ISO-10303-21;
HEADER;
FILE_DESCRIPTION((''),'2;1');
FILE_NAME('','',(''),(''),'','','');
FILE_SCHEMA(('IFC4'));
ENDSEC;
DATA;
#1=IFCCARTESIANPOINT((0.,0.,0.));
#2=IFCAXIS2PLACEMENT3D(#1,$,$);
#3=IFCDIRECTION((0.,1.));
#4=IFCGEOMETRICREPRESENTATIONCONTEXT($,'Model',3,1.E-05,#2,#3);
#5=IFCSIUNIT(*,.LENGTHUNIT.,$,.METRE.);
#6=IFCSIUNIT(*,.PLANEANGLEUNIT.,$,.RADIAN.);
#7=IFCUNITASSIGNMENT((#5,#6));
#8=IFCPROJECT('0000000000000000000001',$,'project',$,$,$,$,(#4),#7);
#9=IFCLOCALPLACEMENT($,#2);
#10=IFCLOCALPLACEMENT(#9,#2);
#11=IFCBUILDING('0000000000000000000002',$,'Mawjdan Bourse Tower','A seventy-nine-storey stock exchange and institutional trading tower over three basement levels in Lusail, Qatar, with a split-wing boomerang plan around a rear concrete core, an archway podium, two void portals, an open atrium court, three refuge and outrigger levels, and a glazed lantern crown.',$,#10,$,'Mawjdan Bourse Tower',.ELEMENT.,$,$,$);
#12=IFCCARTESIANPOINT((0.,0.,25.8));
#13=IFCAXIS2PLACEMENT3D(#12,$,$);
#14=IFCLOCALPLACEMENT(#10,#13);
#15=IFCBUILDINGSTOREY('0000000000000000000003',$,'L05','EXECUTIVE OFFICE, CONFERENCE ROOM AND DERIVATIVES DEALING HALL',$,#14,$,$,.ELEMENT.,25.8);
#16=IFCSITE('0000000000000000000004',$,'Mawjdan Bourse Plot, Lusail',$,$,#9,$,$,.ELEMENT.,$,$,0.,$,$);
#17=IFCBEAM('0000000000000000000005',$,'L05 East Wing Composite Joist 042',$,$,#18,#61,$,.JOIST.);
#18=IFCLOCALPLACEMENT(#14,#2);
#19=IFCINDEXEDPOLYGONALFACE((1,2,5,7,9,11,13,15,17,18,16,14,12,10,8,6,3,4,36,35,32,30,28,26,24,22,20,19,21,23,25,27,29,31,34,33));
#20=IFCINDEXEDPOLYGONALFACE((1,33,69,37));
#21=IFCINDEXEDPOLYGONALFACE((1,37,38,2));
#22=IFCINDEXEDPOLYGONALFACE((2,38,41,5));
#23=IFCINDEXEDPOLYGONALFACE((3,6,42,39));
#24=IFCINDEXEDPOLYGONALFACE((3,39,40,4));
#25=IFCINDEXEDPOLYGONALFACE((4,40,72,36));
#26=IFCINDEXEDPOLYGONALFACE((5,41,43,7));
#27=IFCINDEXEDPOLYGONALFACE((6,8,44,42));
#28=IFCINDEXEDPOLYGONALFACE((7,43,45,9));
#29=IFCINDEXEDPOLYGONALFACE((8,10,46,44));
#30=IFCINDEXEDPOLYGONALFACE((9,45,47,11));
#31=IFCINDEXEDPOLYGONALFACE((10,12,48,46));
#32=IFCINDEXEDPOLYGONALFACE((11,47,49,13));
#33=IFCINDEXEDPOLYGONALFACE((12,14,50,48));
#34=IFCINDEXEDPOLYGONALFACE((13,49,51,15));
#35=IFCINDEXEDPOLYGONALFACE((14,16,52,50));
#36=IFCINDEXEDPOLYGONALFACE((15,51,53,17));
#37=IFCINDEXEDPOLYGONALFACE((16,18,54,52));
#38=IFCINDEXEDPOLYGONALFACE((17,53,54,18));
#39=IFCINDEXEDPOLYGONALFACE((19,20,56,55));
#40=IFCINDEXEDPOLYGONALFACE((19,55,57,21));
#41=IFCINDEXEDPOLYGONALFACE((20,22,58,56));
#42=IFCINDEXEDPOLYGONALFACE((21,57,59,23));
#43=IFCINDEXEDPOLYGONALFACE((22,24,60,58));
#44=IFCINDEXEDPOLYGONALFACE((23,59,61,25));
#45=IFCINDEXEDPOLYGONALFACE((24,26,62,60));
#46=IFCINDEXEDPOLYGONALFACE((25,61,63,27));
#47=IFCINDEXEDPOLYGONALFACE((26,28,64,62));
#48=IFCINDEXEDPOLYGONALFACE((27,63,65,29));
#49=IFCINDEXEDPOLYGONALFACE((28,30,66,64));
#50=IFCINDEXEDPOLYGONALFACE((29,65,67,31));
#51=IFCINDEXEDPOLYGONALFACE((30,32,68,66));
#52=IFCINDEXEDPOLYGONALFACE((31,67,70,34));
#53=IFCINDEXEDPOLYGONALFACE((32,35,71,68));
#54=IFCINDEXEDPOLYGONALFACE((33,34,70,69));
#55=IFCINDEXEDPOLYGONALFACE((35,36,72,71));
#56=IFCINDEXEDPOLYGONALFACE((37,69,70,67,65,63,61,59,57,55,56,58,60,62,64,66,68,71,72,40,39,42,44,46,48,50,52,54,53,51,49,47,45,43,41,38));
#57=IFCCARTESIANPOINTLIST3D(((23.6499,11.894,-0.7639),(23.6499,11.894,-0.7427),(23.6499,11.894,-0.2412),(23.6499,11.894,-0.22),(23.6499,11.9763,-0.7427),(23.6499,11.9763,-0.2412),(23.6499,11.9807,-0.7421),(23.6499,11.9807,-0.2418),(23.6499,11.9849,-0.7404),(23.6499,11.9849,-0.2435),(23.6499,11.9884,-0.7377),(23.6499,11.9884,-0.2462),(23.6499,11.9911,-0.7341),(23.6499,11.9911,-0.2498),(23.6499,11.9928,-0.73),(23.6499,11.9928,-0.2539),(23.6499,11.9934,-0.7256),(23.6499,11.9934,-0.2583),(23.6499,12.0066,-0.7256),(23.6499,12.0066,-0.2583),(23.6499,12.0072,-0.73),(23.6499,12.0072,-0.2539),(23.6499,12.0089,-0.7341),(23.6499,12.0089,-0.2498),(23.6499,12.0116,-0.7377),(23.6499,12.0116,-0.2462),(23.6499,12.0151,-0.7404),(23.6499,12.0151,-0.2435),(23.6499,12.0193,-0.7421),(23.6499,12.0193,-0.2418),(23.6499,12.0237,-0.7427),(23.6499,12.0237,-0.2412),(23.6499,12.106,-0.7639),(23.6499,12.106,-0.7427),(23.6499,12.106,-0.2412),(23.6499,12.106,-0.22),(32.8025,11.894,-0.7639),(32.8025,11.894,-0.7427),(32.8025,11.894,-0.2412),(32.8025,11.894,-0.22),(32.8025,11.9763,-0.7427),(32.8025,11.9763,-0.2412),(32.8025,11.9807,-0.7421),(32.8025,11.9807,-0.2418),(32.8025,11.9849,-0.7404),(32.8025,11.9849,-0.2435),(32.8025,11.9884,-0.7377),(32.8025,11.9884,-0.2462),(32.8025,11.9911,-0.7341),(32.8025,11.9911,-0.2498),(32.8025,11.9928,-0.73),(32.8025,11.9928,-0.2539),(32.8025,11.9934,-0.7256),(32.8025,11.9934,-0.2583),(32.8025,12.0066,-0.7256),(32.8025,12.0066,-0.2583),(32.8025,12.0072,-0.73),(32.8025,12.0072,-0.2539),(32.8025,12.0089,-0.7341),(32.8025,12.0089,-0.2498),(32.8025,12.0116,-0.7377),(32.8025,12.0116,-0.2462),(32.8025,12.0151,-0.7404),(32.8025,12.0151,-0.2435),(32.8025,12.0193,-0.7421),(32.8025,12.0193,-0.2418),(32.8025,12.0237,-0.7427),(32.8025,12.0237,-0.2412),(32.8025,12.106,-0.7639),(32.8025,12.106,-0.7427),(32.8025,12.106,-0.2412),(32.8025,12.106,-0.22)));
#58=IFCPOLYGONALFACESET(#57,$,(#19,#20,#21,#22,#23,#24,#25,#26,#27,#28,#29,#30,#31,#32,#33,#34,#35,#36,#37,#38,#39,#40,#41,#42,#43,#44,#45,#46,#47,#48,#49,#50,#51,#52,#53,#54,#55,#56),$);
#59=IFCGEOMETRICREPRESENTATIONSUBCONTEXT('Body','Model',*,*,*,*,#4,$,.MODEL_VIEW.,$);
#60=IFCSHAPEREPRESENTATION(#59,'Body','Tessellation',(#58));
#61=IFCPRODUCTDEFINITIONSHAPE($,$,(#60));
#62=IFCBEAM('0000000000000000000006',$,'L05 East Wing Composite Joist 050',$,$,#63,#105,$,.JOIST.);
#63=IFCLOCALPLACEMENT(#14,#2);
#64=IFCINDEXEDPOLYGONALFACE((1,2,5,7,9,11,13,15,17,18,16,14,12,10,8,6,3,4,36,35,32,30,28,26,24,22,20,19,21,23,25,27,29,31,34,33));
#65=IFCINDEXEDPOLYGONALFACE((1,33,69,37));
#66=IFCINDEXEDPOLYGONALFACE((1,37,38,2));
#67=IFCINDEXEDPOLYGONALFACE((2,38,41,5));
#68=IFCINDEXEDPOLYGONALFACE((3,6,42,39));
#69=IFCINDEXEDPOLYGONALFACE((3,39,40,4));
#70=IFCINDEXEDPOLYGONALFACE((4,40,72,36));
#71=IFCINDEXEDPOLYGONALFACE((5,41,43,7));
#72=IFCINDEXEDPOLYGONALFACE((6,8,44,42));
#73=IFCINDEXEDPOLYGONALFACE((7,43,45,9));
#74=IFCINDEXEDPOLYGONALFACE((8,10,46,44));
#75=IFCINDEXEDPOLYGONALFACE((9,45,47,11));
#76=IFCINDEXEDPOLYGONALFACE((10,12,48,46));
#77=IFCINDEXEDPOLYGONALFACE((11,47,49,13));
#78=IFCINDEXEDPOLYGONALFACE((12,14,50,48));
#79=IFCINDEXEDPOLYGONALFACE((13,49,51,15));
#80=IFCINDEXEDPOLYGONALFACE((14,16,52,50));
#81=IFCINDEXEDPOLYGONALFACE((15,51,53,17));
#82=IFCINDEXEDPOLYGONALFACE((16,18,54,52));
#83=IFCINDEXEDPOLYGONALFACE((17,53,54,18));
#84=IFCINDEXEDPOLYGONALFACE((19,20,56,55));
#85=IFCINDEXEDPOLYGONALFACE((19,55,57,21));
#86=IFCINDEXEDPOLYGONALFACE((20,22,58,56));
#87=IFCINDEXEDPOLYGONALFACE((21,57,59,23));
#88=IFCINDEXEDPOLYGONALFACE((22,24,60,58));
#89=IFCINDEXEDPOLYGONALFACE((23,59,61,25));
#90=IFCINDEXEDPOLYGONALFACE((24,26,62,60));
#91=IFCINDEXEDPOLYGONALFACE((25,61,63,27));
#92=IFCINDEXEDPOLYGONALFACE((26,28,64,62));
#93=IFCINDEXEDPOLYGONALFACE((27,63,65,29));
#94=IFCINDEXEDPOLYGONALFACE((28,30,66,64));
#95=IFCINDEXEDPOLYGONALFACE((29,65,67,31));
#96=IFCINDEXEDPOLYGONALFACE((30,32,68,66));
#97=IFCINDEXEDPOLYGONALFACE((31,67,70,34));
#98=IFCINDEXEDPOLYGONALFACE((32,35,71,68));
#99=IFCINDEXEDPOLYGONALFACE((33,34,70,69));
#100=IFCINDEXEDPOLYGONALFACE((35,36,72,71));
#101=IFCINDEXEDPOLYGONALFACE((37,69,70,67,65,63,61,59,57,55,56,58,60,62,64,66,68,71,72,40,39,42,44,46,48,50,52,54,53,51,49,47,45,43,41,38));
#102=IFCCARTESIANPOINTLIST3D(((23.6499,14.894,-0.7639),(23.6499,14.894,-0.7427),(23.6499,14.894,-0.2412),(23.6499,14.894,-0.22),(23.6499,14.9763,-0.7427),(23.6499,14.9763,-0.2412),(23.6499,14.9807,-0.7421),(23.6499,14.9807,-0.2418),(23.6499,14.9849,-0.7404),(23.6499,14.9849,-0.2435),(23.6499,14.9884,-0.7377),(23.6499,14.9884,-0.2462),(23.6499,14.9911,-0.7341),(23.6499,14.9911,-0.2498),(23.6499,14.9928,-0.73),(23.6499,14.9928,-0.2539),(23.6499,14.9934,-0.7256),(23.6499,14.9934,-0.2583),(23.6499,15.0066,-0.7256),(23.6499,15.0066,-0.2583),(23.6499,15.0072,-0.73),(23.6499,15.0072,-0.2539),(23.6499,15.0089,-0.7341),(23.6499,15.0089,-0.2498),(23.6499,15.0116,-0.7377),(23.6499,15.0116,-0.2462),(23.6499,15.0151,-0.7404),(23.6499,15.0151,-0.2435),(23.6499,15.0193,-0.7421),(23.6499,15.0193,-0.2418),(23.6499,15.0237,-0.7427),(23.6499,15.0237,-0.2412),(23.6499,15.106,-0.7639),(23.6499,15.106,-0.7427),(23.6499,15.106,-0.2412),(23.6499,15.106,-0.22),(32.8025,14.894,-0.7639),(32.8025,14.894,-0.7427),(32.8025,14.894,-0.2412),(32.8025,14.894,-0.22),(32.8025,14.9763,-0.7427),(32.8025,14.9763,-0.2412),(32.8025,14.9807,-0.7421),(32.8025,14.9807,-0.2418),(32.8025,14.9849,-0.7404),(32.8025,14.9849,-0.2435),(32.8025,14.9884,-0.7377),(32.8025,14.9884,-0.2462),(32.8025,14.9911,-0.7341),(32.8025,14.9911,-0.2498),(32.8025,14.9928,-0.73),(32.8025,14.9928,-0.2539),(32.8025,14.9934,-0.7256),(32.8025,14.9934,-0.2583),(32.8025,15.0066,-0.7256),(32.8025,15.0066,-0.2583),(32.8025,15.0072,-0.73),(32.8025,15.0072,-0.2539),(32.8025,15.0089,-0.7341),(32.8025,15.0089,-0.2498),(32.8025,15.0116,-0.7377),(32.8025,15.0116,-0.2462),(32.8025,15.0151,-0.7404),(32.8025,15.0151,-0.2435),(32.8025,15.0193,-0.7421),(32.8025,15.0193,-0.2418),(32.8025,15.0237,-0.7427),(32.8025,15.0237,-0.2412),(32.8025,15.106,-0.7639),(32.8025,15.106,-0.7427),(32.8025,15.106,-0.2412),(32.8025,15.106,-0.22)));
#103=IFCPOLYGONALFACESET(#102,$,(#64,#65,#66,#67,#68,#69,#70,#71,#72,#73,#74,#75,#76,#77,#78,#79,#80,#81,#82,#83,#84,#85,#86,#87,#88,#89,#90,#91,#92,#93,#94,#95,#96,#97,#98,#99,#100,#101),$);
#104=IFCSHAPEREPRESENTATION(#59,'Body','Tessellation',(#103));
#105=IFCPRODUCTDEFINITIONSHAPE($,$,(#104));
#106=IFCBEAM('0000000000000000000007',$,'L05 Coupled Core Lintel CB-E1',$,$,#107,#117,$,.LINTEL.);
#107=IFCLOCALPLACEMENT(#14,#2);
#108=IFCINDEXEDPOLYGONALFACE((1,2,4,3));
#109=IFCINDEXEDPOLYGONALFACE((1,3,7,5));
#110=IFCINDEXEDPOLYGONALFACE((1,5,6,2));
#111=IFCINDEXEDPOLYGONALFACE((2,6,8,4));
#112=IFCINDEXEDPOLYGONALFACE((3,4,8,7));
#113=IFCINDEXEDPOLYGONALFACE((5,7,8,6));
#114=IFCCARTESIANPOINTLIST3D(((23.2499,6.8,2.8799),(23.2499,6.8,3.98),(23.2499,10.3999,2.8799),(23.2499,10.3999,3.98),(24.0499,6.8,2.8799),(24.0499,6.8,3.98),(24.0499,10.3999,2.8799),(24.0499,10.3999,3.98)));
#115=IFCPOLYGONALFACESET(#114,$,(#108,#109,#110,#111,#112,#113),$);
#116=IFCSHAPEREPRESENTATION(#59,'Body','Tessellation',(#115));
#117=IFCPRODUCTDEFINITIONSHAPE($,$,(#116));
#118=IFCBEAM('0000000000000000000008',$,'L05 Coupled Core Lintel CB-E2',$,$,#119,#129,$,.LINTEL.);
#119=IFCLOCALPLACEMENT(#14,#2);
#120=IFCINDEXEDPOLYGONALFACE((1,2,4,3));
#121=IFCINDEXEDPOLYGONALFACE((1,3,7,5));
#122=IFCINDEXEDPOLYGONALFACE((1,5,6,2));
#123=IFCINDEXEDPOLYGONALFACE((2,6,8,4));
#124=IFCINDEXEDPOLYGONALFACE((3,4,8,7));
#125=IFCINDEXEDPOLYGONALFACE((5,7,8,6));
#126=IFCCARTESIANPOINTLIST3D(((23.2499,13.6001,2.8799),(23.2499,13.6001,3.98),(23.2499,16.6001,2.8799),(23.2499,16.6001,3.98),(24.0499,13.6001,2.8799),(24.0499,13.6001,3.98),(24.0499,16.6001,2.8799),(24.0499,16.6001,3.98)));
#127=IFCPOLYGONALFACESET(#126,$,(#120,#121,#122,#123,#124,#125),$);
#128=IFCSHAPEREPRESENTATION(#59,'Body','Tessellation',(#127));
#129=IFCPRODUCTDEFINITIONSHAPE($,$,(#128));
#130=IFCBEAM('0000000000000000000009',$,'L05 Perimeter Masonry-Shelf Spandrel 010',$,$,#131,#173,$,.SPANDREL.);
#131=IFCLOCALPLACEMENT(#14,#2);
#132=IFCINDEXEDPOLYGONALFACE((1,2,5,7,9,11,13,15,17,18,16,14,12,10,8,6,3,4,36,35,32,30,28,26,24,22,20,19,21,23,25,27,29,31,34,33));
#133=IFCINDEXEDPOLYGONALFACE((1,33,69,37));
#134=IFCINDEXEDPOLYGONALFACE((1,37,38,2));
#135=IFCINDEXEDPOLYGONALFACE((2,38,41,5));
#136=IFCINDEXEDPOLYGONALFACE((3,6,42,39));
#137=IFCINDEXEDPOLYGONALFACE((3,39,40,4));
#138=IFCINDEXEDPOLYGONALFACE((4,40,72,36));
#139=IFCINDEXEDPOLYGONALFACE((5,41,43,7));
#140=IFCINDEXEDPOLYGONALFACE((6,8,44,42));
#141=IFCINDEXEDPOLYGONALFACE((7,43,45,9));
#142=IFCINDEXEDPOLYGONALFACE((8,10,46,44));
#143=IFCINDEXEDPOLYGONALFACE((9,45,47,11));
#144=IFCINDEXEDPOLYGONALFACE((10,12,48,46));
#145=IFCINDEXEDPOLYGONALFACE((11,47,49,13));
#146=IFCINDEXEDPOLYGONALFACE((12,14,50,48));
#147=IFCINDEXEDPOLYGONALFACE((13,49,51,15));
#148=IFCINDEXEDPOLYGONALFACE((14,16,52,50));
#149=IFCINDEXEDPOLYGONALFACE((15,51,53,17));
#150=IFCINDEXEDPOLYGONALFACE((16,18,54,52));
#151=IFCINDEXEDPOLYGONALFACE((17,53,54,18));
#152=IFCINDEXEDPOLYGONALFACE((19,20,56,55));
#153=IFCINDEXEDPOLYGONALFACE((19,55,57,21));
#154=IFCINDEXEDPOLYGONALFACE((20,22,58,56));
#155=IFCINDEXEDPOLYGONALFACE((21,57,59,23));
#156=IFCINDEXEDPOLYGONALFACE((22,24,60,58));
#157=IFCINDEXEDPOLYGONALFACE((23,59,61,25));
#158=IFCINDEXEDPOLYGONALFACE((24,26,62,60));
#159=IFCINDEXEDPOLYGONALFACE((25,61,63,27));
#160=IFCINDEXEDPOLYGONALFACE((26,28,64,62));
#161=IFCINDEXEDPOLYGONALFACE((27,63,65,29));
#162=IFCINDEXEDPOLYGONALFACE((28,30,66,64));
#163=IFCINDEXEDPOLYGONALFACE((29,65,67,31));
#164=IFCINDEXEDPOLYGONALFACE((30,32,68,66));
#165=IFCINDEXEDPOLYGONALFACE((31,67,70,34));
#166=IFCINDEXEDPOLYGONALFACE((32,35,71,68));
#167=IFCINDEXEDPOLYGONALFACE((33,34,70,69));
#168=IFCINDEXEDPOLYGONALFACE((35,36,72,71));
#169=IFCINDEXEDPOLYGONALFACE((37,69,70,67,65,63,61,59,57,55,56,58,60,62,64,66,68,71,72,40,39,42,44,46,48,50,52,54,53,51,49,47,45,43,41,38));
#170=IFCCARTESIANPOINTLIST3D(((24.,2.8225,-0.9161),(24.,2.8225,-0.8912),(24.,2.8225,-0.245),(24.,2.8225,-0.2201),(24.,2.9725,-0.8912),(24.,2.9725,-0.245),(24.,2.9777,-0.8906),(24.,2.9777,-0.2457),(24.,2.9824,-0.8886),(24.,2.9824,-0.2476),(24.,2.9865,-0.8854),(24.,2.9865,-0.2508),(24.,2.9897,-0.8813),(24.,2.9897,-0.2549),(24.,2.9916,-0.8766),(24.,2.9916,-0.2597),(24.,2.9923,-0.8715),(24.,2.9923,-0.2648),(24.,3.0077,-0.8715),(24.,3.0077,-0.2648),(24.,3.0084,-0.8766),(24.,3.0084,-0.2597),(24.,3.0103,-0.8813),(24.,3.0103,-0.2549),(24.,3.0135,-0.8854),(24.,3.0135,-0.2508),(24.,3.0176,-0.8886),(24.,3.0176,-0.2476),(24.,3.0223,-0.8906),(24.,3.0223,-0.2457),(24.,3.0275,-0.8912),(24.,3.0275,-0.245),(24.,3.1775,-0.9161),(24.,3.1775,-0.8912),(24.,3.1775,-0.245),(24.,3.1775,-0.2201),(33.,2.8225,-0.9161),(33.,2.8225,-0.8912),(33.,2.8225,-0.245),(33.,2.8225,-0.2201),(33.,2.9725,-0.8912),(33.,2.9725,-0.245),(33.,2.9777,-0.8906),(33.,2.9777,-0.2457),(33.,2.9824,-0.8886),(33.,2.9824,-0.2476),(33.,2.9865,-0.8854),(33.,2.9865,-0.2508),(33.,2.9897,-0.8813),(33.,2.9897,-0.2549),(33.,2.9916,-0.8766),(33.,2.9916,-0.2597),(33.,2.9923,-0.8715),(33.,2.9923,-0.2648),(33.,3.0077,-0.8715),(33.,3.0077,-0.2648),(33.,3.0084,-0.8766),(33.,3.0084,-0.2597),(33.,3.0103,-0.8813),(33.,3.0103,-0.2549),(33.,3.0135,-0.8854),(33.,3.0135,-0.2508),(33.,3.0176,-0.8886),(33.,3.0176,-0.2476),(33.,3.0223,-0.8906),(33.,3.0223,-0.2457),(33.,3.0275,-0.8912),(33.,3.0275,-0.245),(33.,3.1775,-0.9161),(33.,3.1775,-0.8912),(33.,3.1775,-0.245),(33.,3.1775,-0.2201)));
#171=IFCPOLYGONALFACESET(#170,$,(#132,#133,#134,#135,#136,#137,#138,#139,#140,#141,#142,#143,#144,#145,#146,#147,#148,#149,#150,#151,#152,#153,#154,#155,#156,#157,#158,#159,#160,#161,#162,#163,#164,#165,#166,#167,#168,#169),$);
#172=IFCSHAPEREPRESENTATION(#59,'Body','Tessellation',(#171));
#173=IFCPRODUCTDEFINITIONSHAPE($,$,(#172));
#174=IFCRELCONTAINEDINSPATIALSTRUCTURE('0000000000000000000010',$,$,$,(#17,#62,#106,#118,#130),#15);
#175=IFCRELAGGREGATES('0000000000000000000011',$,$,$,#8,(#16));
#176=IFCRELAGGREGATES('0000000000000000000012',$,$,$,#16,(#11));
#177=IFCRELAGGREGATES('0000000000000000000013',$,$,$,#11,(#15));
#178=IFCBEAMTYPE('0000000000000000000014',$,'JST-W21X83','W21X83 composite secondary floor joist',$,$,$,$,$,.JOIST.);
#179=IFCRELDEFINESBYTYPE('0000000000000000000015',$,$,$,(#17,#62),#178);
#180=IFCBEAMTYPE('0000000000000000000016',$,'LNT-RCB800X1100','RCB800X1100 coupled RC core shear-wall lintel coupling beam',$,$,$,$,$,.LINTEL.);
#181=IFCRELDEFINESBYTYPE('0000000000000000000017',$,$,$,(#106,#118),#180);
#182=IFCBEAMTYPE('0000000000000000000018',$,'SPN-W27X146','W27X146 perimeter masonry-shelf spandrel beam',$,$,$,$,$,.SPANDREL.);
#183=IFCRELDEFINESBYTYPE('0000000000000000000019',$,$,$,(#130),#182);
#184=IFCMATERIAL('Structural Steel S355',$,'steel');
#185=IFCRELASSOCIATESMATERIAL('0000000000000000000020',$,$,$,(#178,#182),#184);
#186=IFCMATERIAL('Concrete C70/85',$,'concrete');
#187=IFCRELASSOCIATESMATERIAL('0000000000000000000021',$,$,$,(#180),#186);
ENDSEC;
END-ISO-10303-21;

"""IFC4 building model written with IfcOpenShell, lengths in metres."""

from ifc_helpers import new_model, si_unit, direction, frame, origin, origin_2d, place, context, subcontext, project, spatial, rectangle, i_section, extrude, material, material_profile, profile_set, type_object, element, save


model = new_model("IFC4")

# Units and contexts
model_context = context("Model", 3, precision=1e-05, world=origin(), true_north=direction((0.0, 1.0)))
body_context = subcontext(model_context, "Body", "Model", "MODEL_VIEW")
ifc_project = project(units=[si_unit("LENGTHUNIT", "METRE"), si_unit("PLANEANGLEUNIT", "RADIAN")], contexts=[model_context])

# Site, building, storey
site_placement = place(None, origin())
site = spatial("IfcSite", under=ifc_project, at=site_placement, Name="Mawjdan Bourse Plot, Lusail", CompositionType="ELEMENT", RefElevation=0.0)
building_placement = place(site_placement, origin())
building = spatial("IfcBuilding", under=site, at=building_placement, Name="Mawjdan Bourse Tower", Description="A seventy-nine-storey stock exchange and institutional trading tower over three basement levels in Lusail, Qatar, with a split-wing boomerang plan around a rear concrete core, an archway podium, two void portals, an open atrium court, three refuge and outrigger levels, and a glazed lantern crown.", LongName="Mawjdan Bourse Tower", CompositionType="ELEMENT")
storey_placement = place(building_placement, frame((0.0, 0.0, 25.8)))
storey = spatial("IfcBuildingStorey", under=building, at=storey_placement, Name="L05", Description="EXECUTIVE OFFICE, CONFERENCE ROOM AND DERIVATIVES DEALING HALL", CompositionType="ELEMENT", Elevation=25.8)

# Beams
ifc_material_1 = material(Name="Structural Steel S355", Category="steel")
ifc_material_profile_1 = material_profile(ifc_material_1, i_section(OverallWidth=0.2119, OverallDepth=0.5439, WebThickness=0.0132, FlangeThickness=0.0212, FilletRadius=0.0171, at=origin_2d()), Name="W21X83")
ifc_profile_set_1 = profile_set([ifc_material_profile_1], Name="Structural Steel S355")
beam_type_1 = type_object("IfcBeamType", Name="JST-W21X83", Description="W21X83 composite secondary floor joist", PredefinedType="JOIST", material=ifc_profile_set_1)
for number, where, z_axis, x_axis, name in (
    (1, (23.6499, 12.0, -0.4919), (1.0, 0.0, 0.0), (0.0, 1.0, 0.0), "L05 East Wing Composite Joist 042"),
    (2, (23.6499, 15.0, -0.4919), (1.0, 0.0, 0.0), (0.0, 1.0, 0.0), "L05 East Wing Composite Joist 050"),
):
    element("IfcBeam", number, at=place(storey_placement, frame(where, z_axis=z_axis, x_axis=x_axis)), inside=storey, type_object=beam_type_1, Name=name, PredefinedType="JOIST", context=body_context, shape_type="SweptSolid", body=[
        extrude(i_section(OverallWidth=0.2119, OverallDepth=0.5439, WebThickness=0.0132, FlangeThickness=0.0212, FilletRadius=0.0171, at=origin_2d()), origin(), (0.0, 0.0, 1.0), 9.1526),
    ])
ifc_material_2 = material(Name="Concrete C70/85", Category="concrete")
ifc_material_profile_2 = material_profile(ifc_material_2, rectangle(XDim=0.8, YDim=1.1001, at=origin_2d()), Name="RCB800X1100")
ifc_profile_set_2 = profile_set([ifc_material_profile_2], Name="Concrete C70/85")
beam_type_2 = type_object("IfcBeamType", Name="LNT-RCB800X1100", Description="RCB800X1100 coupled RC core shear-wall lintel coupling beam", PredefinedType="LINTEL", material=ifc_profile_set_2)
beam_1_placement = place(storey_placement, frame((23.6499, 6.8, 3.4299), z_axis=(0.0, 1.0, 0.0), x_axis=(-1.0, 0.0, 0.0)))
element("IfcBeam", 3, at=beam_1_placement, inside=storey, type_object=beam_type_2, Name="L05 Coupled Core Lintel CB-E1", PredefinedType="LINTEL", context=body_context, shape_type="SweptSolid", body=[
    extrude(rectangle(XDim=0.8, YDim=1.1001, at=origin_2d()), origin(), (0.0, 0.0, 1.0), 3.5999),
])
beam_2_placement = place(storey_placement, frame((23.6499, 13.6001, 3.4299), z_axis=(0.0, 1.0, 0.0), x_axis=(-1.0, 0.0, 0.0)))
element("IfcBeam", 4, at=beam_2_placement, inside=storey, type_object=beam_type_2, Name="L05 Coupled Core Lintel CB-E2", PredefinedType="LINTEL", context=body_context, shape_type="SweptSolid", body=[
    extrude(rectangle(XDim=0.8, YDim=1.1001, at=origin_2d()), origin(), (0.0, 0.0, 1.0), 3.0),
])
ifc_material_profile_3 = material_profile(ifc_material_1, i_section(OverallWidth=0.355, OverallDepth=0.696, WebThickness=0.0154, FlangeThickness=0.0249, FilletRadius=0.0198, at=origin_2d()), Name="W27X146")
ifc_profile_set_3 = profile_set([ifc_material_profile_3], Name="Structural Steel S355")
beam_type_3 = type_object("IfcBeamType", Name="SPN-W27X146", Description="W27X146 perimeter masonry-shelf spandrel beam", PredefinedType="SPANDREL", material=ifc_profile_set_3)
for number, where, z_axis, x_axis, name in (
    (5, (24.0, 3.0, -0.5681), (1.0, 0.0, 0.0), (0.0, 1.0, 0.0), "L05 Perimeter Masonry-Shelf Spandrel 010"),
):
    element("IfcBeam", number, at=place(storey_placement, frame(where, z_axis=z_axis, x_axis=x_axis)), inside=storey, type_object=beam_type_3, Name=name, PredefinedType="SPANDREL", context=body_context, shape_type="SweptSolid", body=[
        extrude(i_section(OverallWidth=0.355, OverallDepth=0.696, WebThickness=0.0154, FlangeThickness=0.0249, FilletRadius=0.0198, at=origin_2d()), origin(), (0.0, 0.0, 1.0), 9.0),
    ])

save(model, "model.ifc")
